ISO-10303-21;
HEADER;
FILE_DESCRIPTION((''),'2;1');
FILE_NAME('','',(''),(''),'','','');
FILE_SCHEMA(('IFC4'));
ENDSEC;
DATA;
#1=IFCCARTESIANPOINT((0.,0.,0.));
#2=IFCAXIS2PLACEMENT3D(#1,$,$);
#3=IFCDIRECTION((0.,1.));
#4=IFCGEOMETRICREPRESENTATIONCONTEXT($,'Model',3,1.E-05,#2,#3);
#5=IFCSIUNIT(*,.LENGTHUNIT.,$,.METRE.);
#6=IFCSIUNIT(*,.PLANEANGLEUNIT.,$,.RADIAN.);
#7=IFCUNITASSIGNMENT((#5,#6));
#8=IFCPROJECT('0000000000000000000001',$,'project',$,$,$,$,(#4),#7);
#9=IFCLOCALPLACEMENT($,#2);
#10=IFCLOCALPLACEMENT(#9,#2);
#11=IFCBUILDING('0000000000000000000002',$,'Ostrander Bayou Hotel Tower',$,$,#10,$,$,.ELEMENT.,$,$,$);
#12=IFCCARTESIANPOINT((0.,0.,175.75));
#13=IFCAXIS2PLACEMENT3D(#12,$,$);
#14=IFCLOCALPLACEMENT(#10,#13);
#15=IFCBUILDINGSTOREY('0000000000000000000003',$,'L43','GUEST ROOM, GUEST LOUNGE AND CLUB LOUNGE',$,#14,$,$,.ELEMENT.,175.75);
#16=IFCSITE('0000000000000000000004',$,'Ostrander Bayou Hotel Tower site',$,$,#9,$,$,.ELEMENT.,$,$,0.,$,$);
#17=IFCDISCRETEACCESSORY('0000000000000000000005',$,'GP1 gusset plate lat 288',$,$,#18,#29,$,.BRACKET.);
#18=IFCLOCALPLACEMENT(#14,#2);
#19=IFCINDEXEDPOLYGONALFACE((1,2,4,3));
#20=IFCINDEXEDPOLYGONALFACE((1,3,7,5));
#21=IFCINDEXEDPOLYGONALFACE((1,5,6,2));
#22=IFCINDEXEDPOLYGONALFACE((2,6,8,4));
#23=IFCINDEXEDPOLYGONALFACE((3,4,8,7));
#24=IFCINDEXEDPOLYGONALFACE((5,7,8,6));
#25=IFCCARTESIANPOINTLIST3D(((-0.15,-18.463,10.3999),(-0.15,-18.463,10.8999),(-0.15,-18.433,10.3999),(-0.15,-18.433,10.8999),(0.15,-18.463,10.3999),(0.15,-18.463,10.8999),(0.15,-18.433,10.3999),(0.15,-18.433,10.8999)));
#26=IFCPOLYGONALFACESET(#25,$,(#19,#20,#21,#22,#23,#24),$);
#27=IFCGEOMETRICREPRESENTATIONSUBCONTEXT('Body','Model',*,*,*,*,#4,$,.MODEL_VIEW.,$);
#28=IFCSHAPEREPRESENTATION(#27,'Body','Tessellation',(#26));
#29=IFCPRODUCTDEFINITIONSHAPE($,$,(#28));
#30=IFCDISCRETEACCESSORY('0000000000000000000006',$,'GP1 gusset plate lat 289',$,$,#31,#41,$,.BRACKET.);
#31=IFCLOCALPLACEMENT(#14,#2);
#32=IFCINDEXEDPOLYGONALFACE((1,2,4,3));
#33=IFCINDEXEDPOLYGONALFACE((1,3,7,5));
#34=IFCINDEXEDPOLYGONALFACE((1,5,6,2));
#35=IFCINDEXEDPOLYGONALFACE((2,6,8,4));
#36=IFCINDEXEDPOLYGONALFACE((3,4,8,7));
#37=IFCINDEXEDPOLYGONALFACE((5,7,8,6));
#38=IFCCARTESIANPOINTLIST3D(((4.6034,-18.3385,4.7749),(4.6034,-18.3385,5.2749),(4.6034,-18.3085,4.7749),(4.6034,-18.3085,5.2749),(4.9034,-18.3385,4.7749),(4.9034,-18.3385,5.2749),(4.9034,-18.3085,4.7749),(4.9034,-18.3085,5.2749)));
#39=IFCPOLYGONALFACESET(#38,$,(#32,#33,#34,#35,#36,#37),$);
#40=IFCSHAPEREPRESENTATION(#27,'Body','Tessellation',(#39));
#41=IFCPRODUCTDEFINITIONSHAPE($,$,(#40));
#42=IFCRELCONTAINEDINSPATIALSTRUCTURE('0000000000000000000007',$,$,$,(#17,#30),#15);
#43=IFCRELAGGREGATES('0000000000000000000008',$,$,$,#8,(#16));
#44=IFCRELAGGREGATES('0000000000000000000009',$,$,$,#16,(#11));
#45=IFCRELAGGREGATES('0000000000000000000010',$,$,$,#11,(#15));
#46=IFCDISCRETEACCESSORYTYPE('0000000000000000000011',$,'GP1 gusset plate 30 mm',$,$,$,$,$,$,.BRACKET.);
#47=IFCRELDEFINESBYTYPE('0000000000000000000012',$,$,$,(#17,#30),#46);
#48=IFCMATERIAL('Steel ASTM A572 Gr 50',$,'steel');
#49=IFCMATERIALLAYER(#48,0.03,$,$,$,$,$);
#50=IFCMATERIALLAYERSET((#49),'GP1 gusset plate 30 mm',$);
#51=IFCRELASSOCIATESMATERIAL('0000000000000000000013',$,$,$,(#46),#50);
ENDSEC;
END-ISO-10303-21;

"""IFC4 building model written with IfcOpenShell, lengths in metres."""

from ifc_helpers import new_model, si_unit, direction, frame, origin, origin_2d, place, context, subcontext, project, spatial, rectangle, extrude, material, layer, layer_set, type_object, element, save


model = new_model("IFC4")

# Units and contexts
model_context = context("Model", 3, precision=1e-05, world=origin(), true_north=direction((0.0, 1.0)))
body_context = subcontext(model_context, "Body", "Model", "MODEL_VIEW")
ifc_project = project(units=[si_unit("LENGTHUNIT", "METRE"), si_unit("PLANEANGLEUNIT", "RADIAN")], contexts=[model_context])

# Site, building, storey
site_placement = place(None, origin())
site = spatial("IfcSite", under=ifc_project, at=site_placement, Name="Ostrander Bayou Hotel Tower site", CompositionType="ELEMENT", RefElevation=0.0)
building_placement = place(site_placement, origin())
building = spatial("IfcBuilding", under=site, at=building_placement, Name="Ostrander Bayou Hotel Tower", CompositionType="ELEMENT")
storey_placement = place(building_placement, frame((0.0, 0.0, 175.75)))
storey = spatial("IfcBuildingStorey", under=building, at=storey_placement, Name="L43", Description="GUEST ROOM, GUEST LOUNGE AND CLUB LOUNGE", CompositionType="ELEMENT", Elevation=175.75)

# Discrete accessories
ifc_material_1 = material(Name="Steel ASTM A572 Gr 50", Category="steel")
ifc_layer_1 = layer(ifc_material_1, 0.03)
ifc_layer_set_1 = layer_set([ifc_layer_1], Name="GP1 gusset plate 30 mm")
discrete_accessory_type = type_object("IfcDiscreteAccessoryType", Name="GP1 gusset plate 30 mm", PredefinedType="BRACKET", material=ifc_layer_set_1)
for number, where, z_axis, x_axis, name in (
    (1, (0.0, -18.448, 10.3999), (0.0, 0.0, 1.0), (1.0, 0.0, 0.0), "GP1 gusset plate lat 288"),
    (2, (4.7534, -18.3235, 4.7749), (0.0, 0.0, 1.0), (1.0, 0.0, 0.0), "GP1 gusset plate lat 289"),
):
    element("IfcDiscreteAccessory", number, at=place(storey_placement, frame(where, z_axis=z_axis, x_axis=x_axis)), inside=storey, type_object=discrete_accessory_type, Name=name, PredefinedType="BRACKET", context=body_context, shape_type="SweptSolid", body=[
        extrude(rectangle(XDim=0.3, YDim=0.03, at=origin_2d()), origin(), (0.0, 0.0, 1.0), 0.5),
    ])

save(model, "model.ifc")
